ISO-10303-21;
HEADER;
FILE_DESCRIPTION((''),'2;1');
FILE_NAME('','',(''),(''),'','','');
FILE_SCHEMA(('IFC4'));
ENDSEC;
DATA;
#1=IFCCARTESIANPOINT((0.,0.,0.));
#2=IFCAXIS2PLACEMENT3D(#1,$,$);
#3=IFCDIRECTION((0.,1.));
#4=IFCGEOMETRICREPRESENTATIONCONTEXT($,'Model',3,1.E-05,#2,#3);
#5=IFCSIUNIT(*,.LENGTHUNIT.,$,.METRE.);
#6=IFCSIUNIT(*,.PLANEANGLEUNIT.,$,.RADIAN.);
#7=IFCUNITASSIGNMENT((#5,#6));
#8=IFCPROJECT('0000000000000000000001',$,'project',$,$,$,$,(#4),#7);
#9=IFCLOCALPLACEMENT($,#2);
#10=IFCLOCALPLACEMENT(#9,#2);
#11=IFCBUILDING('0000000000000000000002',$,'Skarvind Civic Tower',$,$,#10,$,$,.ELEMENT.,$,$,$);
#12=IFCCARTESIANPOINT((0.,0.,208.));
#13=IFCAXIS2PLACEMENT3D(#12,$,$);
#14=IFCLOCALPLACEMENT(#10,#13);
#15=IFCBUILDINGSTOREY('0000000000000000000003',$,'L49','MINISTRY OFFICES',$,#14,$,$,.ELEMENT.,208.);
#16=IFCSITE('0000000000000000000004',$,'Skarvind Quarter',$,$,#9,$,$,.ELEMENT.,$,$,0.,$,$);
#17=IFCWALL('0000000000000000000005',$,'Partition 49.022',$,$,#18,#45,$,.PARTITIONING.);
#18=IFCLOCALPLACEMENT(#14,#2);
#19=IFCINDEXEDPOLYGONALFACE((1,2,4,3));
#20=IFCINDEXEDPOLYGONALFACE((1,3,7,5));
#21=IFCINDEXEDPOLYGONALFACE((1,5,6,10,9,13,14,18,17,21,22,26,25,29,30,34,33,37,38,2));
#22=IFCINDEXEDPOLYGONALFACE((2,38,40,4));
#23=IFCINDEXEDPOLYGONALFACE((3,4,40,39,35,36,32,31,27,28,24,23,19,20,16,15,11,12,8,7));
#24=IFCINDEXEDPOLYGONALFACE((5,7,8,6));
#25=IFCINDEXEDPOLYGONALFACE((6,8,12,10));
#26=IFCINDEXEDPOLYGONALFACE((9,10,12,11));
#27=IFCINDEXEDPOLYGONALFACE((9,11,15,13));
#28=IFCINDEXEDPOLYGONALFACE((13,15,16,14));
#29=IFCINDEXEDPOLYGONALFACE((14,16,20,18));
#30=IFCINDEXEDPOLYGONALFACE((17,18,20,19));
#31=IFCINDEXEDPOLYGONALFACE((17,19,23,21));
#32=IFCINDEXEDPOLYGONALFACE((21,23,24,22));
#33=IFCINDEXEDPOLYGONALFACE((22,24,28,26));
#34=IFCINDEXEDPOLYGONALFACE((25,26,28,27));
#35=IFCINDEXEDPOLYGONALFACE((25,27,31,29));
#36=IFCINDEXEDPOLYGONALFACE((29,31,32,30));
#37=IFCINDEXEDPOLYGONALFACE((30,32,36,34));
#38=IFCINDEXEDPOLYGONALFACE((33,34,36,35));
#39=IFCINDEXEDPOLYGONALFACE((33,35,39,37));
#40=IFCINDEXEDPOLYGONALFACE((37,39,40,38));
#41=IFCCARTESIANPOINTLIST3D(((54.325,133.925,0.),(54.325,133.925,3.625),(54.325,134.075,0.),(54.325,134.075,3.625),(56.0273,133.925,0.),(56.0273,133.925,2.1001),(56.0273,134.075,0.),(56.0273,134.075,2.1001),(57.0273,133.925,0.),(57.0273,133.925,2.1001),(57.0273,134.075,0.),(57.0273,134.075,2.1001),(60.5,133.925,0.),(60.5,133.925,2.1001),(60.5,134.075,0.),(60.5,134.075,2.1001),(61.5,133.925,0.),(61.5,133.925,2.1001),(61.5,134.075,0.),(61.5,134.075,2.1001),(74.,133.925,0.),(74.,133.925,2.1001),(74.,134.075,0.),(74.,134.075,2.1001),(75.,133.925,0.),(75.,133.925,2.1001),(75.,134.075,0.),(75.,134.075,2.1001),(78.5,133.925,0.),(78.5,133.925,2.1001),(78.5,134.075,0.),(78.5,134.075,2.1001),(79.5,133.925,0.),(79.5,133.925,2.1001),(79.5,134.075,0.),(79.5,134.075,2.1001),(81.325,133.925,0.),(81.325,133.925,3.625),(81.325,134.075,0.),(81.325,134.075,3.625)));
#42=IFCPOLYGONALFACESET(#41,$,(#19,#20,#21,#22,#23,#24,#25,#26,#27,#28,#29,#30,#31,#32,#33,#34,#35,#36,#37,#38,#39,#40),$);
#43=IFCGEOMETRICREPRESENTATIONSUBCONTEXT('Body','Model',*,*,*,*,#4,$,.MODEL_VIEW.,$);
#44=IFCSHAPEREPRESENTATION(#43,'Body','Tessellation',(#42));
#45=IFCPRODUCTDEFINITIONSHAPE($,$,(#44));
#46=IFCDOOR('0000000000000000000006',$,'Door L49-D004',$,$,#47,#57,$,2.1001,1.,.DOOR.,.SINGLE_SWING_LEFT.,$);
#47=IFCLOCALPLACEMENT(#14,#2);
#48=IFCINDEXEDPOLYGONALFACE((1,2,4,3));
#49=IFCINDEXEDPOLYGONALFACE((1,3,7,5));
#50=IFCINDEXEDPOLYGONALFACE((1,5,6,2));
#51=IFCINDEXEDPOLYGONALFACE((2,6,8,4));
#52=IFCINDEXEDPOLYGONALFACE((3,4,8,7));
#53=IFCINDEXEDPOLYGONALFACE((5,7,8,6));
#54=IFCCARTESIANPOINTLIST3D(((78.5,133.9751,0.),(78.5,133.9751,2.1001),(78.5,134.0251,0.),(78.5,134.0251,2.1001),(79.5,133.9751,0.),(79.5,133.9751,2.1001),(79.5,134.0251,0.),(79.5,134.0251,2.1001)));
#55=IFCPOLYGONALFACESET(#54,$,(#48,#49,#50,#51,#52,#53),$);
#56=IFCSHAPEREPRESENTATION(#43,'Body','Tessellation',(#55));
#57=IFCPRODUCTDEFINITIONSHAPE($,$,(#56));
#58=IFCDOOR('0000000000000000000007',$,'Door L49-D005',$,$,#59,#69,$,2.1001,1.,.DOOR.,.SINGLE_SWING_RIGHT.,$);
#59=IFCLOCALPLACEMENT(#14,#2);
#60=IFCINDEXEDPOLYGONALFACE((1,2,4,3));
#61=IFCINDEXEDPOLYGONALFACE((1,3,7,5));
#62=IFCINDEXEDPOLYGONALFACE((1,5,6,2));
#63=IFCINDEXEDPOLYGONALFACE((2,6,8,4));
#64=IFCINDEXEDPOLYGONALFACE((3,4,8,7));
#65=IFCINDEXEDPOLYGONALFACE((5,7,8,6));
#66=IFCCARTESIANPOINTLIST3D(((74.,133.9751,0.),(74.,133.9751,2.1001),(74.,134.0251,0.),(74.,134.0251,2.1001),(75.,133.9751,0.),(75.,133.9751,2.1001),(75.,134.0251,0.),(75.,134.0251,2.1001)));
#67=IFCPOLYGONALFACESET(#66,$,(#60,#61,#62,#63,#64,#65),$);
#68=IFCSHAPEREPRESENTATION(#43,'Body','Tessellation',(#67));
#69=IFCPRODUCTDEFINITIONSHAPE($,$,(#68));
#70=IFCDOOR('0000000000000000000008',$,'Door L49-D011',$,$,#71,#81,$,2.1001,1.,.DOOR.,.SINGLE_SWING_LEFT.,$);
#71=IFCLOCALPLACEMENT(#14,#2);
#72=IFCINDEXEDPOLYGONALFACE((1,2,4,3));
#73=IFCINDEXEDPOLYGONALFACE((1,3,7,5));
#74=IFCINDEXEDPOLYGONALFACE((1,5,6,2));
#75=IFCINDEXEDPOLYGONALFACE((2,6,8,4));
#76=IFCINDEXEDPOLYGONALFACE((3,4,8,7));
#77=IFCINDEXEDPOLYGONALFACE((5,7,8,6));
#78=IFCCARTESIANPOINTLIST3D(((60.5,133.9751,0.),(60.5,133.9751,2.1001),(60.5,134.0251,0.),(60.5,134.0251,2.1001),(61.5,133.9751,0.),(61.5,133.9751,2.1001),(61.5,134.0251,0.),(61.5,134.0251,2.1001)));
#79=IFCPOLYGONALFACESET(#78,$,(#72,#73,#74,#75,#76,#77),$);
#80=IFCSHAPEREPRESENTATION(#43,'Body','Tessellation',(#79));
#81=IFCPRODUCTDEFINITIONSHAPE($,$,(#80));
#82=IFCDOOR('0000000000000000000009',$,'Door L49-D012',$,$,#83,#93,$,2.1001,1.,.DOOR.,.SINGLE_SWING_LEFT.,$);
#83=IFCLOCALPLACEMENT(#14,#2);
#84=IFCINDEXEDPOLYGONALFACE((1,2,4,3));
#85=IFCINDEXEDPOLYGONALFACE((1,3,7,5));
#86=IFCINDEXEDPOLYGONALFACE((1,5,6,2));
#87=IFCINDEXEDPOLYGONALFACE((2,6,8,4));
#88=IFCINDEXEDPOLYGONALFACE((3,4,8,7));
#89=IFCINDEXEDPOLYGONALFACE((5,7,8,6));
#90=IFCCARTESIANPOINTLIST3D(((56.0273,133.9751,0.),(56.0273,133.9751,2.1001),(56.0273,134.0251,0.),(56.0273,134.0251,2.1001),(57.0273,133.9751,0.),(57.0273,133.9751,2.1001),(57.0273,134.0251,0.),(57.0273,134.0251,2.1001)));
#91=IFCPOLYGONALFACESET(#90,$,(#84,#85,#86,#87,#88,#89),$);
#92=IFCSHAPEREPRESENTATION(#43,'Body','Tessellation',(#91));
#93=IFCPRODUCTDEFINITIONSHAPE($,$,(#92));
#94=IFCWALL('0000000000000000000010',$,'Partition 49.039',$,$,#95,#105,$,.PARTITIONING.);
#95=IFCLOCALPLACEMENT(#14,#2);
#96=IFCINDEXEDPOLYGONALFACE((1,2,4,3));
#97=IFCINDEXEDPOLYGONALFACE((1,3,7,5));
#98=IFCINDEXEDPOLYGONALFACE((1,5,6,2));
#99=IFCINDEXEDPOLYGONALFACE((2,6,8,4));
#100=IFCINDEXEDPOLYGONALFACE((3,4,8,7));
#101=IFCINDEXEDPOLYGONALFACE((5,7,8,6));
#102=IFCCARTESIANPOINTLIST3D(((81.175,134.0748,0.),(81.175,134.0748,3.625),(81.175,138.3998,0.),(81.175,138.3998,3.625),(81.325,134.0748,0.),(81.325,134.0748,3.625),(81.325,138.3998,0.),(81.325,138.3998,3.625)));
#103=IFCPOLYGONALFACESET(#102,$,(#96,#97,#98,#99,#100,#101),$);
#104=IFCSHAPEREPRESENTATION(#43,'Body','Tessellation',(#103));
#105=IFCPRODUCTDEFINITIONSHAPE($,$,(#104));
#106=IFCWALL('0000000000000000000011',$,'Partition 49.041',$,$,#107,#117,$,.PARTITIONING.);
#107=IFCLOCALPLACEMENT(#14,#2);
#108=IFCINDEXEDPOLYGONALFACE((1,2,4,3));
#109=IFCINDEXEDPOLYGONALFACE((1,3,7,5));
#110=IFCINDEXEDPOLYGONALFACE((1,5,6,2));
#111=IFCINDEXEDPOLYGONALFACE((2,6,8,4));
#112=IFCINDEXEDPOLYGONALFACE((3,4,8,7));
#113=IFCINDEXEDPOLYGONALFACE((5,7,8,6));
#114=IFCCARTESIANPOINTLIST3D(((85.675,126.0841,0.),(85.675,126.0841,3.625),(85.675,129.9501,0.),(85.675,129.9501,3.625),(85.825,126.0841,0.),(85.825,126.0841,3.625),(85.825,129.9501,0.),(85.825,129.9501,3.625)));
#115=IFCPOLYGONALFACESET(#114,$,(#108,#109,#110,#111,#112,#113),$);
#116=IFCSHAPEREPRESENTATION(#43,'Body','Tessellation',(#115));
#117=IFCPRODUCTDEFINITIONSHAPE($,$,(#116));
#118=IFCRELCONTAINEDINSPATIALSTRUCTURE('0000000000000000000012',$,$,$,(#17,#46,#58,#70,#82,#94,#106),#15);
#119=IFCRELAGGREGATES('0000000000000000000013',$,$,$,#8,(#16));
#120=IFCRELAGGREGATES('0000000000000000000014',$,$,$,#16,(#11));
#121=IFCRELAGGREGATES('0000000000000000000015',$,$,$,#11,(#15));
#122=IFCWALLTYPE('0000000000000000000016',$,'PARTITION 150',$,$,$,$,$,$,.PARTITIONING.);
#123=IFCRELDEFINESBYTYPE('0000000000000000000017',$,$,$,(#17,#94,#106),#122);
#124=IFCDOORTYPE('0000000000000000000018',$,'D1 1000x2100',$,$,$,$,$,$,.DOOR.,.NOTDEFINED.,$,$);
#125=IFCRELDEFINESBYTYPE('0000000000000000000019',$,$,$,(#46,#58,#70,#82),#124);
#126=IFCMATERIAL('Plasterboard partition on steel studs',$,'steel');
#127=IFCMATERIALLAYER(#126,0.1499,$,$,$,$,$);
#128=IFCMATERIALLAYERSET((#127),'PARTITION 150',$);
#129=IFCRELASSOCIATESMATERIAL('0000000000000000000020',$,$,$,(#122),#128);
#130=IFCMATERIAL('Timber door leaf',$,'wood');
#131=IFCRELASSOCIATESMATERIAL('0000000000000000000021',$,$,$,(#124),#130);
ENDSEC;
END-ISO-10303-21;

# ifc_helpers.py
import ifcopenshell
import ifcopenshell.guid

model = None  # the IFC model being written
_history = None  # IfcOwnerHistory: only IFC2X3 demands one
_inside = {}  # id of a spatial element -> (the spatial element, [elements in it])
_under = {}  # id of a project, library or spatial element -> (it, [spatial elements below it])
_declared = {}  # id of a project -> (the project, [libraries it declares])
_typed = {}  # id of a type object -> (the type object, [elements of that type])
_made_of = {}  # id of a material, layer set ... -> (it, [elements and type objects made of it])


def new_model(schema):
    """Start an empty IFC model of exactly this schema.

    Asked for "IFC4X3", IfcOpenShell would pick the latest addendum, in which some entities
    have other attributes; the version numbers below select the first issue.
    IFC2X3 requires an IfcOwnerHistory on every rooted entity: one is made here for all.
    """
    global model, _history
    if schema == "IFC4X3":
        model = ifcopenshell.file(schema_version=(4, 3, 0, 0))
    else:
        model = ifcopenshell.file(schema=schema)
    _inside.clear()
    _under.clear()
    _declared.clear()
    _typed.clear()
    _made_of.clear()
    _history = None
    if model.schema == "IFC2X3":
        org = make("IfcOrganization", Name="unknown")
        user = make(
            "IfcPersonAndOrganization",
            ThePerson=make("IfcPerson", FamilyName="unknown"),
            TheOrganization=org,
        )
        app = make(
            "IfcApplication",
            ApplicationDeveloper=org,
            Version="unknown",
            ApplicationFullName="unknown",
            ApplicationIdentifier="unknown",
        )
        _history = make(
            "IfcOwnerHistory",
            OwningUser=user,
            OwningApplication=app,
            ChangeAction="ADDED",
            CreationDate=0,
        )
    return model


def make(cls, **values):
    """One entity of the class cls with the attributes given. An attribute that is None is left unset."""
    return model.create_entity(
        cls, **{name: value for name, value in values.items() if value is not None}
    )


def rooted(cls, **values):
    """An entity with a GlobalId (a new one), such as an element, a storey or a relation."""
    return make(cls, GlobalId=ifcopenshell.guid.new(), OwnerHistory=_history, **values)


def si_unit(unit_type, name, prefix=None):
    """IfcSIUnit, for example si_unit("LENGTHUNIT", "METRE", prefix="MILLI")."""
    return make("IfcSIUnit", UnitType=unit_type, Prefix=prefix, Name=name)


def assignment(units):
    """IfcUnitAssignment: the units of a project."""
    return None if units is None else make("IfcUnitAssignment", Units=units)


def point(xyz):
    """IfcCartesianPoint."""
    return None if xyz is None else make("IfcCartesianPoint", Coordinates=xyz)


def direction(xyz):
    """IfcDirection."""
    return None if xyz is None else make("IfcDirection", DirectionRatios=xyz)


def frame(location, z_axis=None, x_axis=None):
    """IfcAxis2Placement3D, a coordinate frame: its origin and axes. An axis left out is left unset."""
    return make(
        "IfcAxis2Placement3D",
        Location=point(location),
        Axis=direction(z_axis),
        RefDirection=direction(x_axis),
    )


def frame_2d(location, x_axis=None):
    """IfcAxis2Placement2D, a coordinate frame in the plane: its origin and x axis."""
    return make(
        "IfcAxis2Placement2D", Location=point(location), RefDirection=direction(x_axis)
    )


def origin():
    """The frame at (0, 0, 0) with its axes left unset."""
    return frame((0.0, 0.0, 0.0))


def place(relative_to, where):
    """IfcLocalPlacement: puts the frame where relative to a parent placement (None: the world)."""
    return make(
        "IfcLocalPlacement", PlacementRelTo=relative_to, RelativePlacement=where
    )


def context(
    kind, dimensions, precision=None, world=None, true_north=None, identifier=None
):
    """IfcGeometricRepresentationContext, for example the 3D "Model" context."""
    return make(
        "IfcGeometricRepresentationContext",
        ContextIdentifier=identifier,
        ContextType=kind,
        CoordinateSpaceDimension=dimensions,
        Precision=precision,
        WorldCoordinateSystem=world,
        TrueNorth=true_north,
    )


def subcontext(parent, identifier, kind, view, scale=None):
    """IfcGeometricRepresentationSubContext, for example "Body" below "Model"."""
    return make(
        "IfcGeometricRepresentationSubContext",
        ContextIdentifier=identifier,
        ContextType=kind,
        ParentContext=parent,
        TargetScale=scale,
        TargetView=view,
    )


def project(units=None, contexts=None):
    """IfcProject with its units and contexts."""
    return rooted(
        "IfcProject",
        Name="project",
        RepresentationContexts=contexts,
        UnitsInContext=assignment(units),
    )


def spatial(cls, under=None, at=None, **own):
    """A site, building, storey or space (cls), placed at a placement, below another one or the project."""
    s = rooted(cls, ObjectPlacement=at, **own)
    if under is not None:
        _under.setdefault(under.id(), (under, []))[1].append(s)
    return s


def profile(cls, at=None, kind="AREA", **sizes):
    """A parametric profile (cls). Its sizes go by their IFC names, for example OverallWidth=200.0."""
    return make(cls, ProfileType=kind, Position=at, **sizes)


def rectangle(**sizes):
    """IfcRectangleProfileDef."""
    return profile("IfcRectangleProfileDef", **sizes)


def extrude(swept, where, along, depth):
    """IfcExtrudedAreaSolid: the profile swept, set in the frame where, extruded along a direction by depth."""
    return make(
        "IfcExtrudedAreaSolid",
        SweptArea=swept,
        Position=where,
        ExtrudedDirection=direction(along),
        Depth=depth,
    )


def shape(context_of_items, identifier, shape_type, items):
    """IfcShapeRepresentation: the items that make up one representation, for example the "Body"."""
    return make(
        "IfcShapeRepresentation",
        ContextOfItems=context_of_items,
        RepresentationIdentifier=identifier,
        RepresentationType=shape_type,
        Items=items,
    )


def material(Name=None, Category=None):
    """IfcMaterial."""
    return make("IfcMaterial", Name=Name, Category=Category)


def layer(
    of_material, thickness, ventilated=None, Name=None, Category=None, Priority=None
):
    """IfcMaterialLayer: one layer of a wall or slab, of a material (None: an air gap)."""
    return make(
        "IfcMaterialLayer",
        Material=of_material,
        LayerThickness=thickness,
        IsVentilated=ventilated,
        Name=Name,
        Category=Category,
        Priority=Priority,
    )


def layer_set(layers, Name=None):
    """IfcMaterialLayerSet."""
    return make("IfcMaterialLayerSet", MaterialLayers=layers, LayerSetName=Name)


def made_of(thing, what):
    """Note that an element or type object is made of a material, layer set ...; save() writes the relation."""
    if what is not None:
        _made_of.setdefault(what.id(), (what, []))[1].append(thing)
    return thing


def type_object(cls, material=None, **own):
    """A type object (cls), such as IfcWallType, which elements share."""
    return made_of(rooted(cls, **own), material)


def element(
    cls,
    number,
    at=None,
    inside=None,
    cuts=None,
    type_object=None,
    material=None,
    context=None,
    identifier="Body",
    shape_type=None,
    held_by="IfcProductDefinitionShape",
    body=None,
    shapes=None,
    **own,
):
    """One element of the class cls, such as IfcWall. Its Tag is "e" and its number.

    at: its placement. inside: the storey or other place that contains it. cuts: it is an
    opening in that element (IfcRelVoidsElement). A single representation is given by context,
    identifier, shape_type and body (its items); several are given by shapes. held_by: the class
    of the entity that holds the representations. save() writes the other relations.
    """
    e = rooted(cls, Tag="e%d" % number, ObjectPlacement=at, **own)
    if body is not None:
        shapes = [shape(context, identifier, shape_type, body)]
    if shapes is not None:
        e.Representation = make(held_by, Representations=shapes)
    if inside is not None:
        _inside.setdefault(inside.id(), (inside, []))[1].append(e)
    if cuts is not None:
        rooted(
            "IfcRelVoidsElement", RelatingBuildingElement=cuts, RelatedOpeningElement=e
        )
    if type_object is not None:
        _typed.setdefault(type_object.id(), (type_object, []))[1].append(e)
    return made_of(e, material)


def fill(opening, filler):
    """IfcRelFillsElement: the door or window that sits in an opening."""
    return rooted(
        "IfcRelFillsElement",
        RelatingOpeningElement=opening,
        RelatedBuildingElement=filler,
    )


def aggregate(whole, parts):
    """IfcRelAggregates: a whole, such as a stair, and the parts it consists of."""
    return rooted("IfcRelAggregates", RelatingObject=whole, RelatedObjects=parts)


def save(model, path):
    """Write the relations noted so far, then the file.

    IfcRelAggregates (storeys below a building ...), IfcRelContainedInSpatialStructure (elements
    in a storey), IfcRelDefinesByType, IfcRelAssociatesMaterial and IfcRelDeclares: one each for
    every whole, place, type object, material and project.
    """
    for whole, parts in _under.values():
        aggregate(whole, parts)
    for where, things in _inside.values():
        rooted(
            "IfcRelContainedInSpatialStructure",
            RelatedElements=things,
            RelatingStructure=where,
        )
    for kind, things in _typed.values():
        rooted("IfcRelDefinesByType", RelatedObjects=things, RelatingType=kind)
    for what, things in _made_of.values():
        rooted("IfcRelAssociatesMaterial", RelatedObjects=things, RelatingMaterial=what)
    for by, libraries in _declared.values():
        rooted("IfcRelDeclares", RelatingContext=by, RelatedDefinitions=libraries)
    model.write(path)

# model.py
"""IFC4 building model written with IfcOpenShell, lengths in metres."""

from ifc_helpers import new_model, si_unit, direction, frame, frame_2d, origin, place, context, subcontext, project, spatial, rectangle, extrude, material, layer, layer_set, type_object, element, fill, save


model = new_model("IFC4")

# Units and contexts
model_context = context("Model", 3, precision=1e-05, world=origin(), true_north=direction((0.0, 1.0)))
body_context = subcontext(model_context, "Body", "Model", "MODEL_VIEW")
ifc_project = project(units=[si_unit("LENGTHUNIT", "METRE"), si_unit("PLANEANGLEUNIT", "RADIAN")], contexts=[model_context])

# Site, building, storey
site_placement = place(None, origin())
site = spatial("IfcSite", under=ifc_project, at=site_placement, Name="Skarvind Quarter", CompositionType="ELEMENT", RefElevation=0.0)
building_placement = place(site_placement, origin())
building = spatial("IfcBuilding", under=site, at=building_placement, Name="Skarvind Civic Tower", CompositionType="ELEMENT")
storey_placement = place(building_placement, frame((0.0, 0.0, 208.0)))
storey = spatial("IfcBuildingStorey", under=building, at=storey_placement, Name="L49", Description="MINISTRY OFFICES", CompositionType="ELEMENT", Elevation=208.0)

# Shared definitions
ifc_material_1 = material(Name="Timber door leaf", Category="wood")

# Wall, openings, doors
ifc_material_2 = material(Name="Plasterboard partition on steel studs", Category="steel")
ifc_layer_1 = layer(ifc_material_2, 0.1499)
ifc_layer_set_1 = layer_set([ifc_layer_1], Name="PARTITION 150")
wall_type_1 = type_object("IfcWallType", Name="PARTITION 150", PredefinedType="PARTITIONING", material=ifc_layer_set_1)
wall_1_placement = place(storey_placement, frame((81.325, 134.0, 0.0), z_axis=(0.0, 0.0, 1.0), x_axis=(-1.0, 0.0, 0.0)))
wall_1 = element("IfcWall", 1, at=wall_1_placement, inside=storey, type_object=wall_type_1, Name="Partition 49.022", PredefinedType="PARTITIONING", context=body_context, shape_type="SweptSolid", body=[
    extrude(rectangle(XDim=27.0, YDim=0.1499, at=frame_2d((13.5, 0.0))), origin(), (0.0, 0.0, 1.0), 3.625),
])
opening_1_placement = place(wall_1_placement, frame((1.825, 0.0, 0.0)))
opening_1 = element("IfcOpeningElement", 2, at=opening_1_placement, cuts=wall_1, PredefinedType="OPENING", context=body_context, shape_type="SweptSolid", body=[
    extrude(rectangle(XDim=1.0, YDim=2.1001, at=frame_2d((0.5, 1.05))), frame((0.0, 0.085, 0.0), z_axis=(0.0, -1.0, 0.0), x_axis=(1.0, 0.0, 0.0)), (0.0, 0.0, 1.0), 0.1699),
])
opening_2_placement = place(wall_1_placement, frame((6.325, 0.0, 0.0)))
opening_2 = element("IfcOpeningElement", 3, at=opening_2_placement, cuts=wall_1, PredefinedType="OPENING", context=body_context, shape_type="SweptSolid", body=[
    extrude(rectangle(XDim=1.0, YDim=2.1001, at=frame_2d((0.5, 1.05))), frame((0.0, 0.085, 0.0), z_axis=(0.0, -1.0, 0.0), x_axis=(1.0, 0.0, 0.0)), (0.0, 0.0, 1.0), 0.1699),
])
opening_3_placement = place(wall_1_placement, frame((19.825, 0.0, 0.0)))
opening_3 = element("IfcOpeningElement", 4, at=opening_3_placement, cuts=wall_1, PredefinedType="OPENING", context=body_context, shape_type="SweptSolid", body=[
    extrude(rectangle(XDim=1.0, YDim=2.1001, at=frame_2d((0.5, 1.05))), frame((0.0, 0.085, 0.0), z_axis=(0.0, -1.0, 0.0), x_axis=(1.0, 0.0, 0.0)), (0.0, 0.0, 1.0), 0.1699),
])
opening_4_placement = place(wall_1_placement, frame((24.2976, 0.0, 0.0)))
opening_4 = element("IfcOpeningElement", 5, at=opening_4_placement, cuts=wall_1, PredefinedType="OPENING", context=body_context, shape_type="SweptSolid", body=[
    extrude(rectangle(XDim=1.0, YDim=2.1001, at=frame_2d((0.5, 1.05))), frame((0.0, 0.085, 0.0), z_axis=(0.0, -1.0, 0.0), x_axis=(1.0, 0.0, 0.0)), (0.0, 0.0, 1.0), 0.1699),
])
door_type_1 = type_object("IfcDoorType", Name="D1 1000x2100", OperationType="NOTDEFINED", PredefinedType="DOOR", material=ifc_material_1)
door_1_placement = place(opening_1_placement, origin())
door_1 = element("IfcDoor", 6, at=door_1_placement, inside=storey, type_object=door_type_1, Name="Door L49-D004", OperationType="SINGLE_SWING_LEFT", OverallHeight=2.1001, OverallWidth=1.0, PredefinedType="DOOR", context=body_context, shape_type="SweptSolid", body=[
    extrude(rectangle(XDim=1.0, YDim=2.1001, at=frame_2d((0.5, 1.05))), frame((0.0, 0.0249, 0.0), z_axis=(0.0, -1.0, 0.0), x_axis=(1.0, 0.0, 0.0)), (0.0, 0.0, 1.0), 0.05),
])
fill(opening_1, door_1)
door_2_placement = place(opening_2_placement, origin())
door_2 = element("IfcDoor", 7, at=door_2_placement, inside=storey, type_object=door_type_1, Name="Door L49-D005", OperationType="SINGLE_SWING_RIGHT", OverallHeight=2.1001, OverallWidth=1.0, PredefinedType="DOOR", context=body_context, shape_type="SweptSolid", body=[
    extrude(rectangle(XDim=1.0, YDim=2.1001, at=frame_2d((0.5, 1.05))), frame((0.0, 0.0249, 0.0), z_axis=(0.0, -1.0, 0.0), x_axis=(1.0, 0.0, 0.0)), (0.0, 0.0, 1.0), 0.05),
])
fill(opening_2, door_2)
door_3_placement = place(opening_3_placement, origin())
door_3 = element("IfcDoor", 8, at=door_3_placement, inside=storey, type_object=door_type_1, Name="Door L49-D011", OperationType="SINGLE_SWING_LEFT", OverallHeight=2.1001, OverallWidth=1.0, PredefinedType="DOOR", context=body_context, shape_type="SweptSolid", body=[
    extrude(rectangle(XDim=1.0, YDim=2.1001, at=frame_2d((0.5, 1.05))), frame((0.0, 0.0249, 0.0), z_axis=(0.0, -1.0, 0.0), x_axis=(1.0, 0.0, 0.0)), (0.0, 0.0, 1.0), 0.05),
])
fill(opening_3, door_3)
door_4_placement = place(opening_4_placement, origin())
door_4 = element("IfcDoor", 9, at=door_4_placement, inside=storey, type_object=door_type_1, Name="Door L49-D012", OperationType="SINGLE_SWING_LEFT", OverallHeight=2.1001, OverallWidth=1.0, PredefinedType="DOOR", context=body_context, shape_type="SweptSolid", body=[
    extrude(rectangle(XDim=1.0, YDim=2.1001, at=frame_2d((0.5, 1.05))), frame((0.0, 0.0249, 0.0), z_axis=(0.0, -1.0, 0.0), x_axis=(1.0, 0.0, 0.0)), (0.0, 0.0, 1.0), 0.05),
])
fill(opening_4, door_4)

# Walls
wall_2_placement = place(storey_placement, frame((81.25, 138.3999, 0.0), z_axis=(0.0, 0.0, 1.0), x_axis=(0.0, -1.0, 0.0)))
element("IfcWall", 10, at=wall_2_placement, inside=storey, type_object=wall_type_1, Name="Partition 49.039", PredefinedType="PARTITIONING", context=body_context, shape_type="SweptSolid", body=[
    extrude(rectangle(XDim=4.325, YDim=0.1499, at=frame_2d((2.1626, 0.0))), origin(), (0.0, 0.0, 1.0), 3.625),
])
wall_3_placement = place(storey_placement, frame((85.75, 126.084, 0.0), z_axis=(0.0, 0.0, 1.0), x_axis=(0.0, 1.0, 0.0)))
element("IfcWall", 11, at=wall_3_placement, inside=storey, type_object=wall_type_1, Name="Partition 49.041", PredefinedType="PARTITIONING", context=body_context, shape_type="SweptSolid", body=[
    extrude(rectangle(XDim=3.866, YDim=0.1499, at=frame_2d((1.9331, 0.0))), origin(), (0.0, 0.0, 1.0), 3.625),
])

save(model, "model.ifc")
